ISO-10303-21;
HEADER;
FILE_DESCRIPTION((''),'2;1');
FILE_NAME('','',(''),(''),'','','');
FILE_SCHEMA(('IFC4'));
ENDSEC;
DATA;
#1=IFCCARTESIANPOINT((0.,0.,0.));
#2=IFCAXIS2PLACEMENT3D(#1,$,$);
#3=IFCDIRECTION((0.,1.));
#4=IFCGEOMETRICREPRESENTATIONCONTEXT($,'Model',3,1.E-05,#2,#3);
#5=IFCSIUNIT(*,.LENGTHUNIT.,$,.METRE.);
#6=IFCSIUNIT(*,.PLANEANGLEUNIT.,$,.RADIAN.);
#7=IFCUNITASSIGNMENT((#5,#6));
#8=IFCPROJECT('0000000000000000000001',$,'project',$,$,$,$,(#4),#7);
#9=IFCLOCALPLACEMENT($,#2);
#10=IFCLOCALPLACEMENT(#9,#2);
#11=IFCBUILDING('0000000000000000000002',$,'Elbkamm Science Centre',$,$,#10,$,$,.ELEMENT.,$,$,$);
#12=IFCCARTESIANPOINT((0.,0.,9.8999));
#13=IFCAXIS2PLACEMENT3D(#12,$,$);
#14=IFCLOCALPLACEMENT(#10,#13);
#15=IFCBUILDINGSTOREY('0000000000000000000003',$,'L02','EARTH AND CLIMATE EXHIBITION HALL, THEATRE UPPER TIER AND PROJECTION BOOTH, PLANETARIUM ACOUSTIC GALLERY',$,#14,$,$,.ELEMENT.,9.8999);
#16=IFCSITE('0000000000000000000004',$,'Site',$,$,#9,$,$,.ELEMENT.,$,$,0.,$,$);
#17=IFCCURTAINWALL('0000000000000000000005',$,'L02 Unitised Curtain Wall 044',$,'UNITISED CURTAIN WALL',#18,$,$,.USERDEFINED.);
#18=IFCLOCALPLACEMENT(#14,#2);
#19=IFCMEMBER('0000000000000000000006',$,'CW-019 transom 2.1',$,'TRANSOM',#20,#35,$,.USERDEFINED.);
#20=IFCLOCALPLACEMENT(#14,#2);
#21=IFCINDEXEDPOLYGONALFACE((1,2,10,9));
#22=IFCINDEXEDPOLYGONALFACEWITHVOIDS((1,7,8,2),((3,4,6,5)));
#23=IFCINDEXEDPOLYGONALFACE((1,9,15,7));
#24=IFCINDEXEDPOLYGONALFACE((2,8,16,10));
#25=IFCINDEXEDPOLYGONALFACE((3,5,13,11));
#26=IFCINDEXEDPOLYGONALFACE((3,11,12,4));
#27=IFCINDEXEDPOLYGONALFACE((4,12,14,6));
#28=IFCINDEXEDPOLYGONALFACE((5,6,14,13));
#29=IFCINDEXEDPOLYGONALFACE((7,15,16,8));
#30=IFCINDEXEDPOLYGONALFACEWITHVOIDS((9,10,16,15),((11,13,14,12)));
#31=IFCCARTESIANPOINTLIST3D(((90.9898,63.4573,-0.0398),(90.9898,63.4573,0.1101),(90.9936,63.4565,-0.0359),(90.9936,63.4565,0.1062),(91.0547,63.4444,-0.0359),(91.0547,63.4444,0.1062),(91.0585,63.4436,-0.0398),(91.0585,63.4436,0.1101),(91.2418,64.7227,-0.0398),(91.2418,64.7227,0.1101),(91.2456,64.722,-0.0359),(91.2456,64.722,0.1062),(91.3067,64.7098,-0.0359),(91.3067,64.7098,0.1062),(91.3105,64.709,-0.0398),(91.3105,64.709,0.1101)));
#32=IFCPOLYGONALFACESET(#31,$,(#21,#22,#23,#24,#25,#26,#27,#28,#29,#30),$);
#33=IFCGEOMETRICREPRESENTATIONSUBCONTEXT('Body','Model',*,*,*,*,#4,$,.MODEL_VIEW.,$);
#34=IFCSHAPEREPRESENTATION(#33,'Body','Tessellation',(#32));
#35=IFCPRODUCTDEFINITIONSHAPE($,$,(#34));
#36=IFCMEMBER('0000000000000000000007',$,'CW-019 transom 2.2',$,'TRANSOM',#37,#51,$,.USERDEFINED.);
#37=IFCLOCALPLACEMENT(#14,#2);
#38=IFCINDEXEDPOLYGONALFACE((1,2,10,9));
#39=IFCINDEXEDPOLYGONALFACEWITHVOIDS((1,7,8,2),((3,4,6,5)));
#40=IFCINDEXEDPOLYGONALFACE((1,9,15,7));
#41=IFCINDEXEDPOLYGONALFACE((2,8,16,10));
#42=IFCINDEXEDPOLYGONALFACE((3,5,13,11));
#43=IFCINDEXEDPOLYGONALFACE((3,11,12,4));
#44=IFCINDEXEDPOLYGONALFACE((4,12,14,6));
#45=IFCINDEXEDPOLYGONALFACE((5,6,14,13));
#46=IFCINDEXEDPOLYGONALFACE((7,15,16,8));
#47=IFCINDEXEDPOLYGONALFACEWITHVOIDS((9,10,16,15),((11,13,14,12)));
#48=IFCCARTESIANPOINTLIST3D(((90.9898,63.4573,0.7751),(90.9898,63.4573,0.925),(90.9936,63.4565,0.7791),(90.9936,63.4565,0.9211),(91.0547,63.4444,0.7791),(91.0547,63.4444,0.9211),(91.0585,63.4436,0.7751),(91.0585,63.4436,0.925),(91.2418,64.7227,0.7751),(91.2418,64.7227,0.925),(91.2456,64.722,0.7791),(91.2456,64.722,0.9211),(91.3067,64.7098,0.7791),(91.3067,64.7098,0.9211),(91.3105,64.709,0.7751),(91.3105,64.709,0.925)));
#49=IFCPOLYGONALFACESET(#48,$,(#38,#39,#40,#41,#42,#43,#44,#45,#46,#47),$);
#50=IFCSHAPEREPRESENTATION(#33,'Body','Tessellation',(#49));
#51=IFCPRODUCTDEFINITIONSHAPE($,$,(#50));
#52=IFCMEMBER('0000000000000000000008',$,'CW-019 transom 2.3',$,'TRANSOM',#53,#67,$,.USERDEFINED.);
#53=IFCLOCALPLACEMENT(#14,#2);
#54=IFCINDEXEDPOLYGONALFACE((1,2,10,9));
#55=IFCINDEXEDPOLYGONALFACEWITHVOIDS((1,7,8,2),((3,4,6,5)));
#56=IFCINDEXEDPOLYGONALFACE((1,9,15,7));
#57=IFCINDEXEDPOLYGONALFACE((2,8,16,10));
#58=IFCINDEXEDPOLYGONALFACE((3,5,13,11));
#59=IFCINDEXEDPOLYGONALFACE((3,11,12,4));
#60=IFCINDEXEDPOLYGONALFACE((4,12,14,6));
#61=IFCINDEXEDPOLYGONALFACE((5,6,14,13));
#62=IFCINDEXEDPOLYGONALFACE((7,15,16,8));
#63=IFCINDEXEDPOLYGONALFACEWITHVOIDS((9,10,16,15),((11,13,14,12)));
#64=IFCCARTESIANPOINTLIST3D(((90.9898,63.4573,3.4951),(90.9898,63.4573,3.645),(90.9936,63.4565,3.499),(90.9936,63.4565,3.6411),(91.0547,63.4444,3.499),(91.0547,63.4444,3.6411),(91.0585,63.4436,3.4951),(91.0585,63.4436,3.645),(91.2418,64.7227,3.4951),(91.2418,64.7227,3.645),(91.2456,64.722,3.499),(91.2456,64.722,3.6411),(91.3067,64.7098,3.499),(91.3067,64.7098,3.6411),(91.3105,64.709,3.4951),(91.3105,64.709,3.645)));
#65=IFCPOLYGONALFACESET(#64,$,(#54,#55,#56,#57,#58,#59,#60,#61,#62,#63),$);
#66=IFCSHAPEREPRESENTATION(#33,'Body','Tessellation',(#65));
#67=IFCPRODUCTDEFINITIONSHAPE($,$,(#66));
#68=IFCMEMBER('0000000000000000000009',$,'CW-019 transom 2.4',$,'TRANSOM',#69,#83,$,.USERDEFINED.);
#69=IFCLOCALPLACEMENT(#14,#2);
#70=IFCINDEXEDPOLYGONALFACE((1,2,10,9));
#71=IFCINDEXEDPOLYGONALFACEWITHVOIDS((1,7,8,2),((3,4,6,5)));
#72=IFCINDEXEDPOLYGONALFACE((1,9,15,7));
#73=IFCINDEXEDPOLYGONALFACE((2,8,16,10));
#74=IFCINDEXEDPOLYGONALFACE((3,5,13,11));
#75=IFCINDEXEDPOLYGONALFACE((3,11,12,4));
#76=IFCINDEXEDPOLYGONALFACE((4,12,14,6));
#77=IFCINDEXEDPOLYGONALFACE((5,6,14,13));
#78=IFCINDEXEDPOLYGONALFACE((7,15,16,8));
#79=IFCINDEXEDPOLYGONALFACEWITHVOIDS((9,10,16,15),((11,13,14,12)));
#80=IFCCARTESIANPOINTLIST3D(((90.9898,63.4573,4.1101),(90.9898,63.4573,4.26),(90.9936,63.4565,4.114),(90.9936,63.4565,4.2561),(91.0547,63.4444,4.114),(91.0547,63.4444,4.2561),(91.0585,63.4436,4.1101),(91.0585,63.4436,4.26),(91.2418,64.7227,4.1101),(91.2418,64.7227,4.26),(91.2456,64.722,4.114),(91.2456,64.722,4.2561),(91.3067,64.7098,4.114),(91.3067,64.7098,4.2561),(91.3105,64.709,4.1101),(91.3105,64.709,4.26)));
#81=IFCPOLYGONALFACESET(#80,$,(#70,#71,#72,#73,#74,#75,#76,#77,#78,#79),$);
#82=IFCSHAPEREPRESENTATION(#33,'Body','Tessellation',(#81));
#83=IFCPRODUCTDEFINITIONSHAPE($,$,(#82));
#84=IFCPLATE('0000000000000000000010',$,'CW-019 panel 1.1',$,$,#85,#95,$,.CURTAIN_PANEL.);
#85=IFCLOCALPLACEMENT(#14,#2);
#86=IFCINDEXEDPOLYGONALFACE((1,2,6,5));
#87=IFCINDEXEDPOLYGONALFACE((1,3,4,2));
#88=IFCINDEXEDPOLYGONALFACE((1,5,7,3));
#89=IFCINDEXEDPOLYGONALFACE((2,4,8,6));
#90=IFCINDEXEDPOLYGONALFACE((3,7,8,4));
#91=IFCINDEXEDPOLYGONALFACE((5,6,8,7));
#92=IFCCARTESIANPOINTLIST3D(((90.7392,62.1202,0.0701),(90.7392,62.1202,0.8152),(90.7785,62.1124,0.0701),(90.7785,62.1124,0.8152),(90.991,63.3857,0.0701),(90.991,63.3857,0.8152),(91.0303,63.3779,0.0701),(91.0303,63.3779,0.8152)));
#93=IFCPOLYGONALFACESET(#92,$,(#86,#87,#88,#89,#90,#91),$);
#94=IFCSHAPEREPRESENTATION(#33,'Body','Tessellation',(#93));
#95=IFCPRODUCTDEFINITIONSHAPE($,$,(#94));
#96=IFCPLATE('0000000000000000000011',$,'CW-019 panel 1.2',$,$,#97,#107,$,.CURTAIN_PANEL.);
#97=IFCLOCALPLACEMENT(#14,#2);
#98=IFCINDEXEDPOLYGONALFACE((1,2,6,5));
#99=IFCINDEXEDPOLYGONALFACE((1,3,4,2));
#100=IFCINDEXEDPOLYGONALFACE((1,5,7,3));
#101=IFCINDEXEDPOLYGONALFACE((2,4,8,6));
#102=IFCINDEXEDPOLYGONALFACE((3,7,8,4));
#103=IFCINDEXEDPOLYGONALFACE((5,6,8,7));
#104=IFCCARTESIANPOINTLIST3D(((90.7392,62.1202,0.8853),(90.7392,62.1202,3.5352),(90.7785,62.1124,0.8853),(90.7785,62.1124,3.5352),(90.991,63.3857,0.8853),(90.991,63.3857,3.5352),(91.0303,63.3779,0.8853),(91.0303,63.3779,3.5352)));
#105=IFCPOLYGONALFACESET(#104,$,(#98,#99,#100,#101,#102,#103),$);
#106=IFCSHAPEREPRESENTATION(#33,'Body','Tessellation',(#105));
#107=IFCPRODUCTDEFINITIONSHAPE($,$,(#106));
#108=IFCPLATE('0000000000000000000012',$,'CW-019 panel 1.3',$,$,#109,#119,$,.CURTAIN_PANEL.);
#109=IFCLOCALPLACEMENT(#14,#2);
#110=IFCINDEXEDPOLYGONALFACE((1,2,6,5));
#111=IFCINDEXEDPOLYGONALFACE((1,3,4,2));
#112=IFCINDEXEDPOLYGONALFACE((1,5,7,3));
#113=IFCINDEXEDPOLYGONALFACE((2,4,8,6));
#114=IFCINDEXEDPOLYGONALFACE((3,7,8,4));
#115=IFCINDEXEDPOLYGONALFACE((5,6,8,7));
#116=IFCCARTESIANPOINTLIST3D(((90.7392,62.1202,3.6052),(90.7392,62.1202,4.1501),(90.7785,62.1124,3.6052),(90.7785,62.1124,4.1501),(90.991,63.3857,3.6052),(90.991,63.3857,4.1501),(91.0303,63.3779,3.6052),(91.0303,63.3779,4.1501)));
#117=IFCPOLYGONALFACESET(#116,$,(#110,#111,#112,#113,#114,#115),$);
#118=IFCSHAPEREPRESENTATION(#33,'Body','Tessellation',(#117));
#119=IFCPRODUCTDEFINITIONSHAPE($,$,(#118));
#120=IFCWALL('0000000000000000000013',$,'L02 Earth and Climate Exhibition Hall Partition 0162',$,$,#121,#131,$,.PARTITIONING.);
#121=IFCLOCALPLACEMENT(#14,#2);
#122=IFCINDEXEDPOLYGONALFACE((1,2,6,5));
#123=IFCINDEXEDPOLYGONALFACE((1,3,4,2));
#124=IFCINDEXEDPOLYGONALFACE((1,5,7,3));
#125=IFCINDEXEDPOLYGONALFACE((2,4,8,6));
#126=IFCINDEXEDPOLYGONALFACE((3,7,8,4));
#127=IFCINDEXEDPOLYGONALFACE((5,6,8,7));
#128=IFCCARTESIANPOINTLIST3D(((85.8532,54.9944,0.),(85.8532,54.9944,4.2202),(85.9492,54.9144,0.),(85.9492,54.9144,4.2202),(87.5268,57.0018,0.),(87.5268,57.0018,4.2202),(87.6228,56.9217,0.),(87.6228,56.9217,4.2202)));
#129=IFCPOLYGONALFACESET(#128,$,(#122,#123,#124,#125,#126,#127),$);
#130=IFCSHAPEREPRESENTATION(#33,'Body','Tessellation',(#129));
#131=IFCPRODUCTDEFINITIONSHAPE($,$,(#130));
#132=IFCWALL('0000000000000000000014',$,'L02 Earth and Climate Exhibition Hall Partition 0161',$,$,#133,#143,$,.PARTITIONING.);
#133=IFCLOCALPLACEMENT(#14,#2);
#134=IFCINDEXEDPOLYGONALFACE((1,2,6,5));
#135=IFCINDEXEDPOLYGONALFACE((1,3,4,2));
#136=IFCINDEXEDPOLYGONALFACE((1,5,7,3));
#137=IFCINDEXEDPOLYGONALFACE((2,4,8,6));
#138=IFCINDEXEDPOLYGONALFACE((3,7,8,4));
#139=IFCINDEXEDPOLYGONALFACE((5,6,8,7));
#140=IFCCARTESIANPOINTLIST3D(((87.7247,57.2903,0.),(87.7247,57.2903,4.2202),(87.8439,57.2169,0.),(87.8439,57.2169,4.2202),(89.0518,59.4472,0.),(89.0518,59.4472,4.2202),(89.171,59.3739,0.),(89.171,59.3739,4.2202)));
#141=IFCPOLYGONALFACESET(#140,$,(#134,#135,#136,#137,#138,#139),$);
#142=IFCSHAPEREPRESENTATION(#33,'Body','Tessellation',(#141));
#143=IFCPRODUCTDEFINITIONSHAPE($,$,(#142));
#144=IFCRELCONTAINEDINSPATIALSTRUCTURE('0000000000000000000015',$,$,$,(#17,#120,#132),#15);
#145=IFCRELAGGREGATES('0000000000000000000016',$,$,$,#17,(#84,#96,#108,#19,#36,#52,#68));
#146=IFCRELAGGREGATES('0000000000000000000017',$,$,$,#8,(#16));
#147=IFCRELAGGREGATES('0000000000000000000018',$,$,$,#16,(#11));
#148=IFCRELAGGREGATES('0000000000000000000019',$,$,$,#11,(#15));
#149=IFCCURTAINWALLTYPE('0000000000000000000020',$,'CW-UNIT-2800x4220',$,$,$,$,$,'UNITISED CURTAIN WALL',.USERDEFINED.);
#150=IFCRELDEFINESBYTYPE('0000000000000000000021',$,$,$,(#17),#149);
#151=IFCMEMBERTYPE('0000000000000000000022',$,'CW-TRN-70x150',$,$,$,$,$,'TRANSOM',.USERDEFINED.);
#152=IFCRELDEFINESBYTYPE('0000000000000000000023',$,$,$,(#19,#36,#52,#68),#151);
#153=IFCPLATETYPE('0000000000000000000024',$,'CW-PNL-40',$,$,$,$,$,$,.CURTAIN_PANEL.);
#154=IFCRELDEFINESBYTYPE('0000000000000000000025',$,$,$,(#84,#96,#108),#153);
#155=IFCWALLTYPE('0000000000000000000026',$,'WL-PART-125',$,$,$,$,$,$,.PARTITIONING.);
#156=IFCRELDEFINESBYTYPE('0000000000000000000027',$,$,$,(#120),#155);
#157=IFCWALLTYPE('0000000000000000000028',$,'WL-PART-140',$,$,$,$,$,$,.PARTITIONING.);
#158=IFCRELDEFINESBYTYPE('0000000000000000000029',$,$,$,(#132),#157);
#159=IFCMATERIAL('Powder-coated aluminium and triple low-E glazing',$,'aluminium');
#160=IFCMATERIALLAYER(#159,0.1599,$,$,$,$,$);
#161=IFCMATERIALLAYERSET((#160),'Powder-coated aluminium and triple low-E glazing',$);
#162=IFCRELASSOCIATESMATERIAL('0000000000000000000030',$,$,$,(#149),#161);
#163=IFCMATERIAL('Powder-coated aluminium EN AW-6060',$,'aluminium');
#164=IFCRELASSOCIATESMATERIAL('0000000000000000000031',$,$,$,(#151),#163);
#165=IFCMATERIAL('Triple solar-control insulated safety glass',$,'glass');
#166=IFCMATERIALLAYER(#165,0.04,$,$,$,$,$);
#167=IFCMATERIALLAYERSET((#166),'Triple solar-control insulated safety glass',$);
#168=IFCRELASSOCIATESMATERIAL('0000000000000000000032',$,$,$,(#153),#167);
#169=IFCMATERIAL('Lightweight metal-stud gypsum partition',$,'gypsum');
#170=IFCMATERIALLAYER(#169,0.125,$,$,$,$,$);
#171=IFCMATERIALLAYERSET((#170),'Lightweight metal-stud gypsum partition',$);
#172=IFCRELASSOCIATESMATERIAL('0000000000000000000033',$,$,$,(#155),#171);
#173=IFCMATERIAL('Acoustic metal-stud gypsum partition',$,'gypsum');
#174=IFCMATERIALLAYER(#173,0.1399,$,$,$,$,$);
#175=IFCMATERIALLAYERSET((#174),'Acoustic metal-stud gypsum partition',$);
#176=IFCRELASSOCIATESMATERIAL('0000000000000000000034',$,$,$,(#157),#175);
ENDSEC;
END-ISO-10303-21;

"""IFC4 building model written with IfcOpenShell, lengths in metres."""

from ifc_helpers import new_model, si_unit, direction, frame, frame_2d, origin, origin_2d, place, context, subcontext, project, spatial, rectangle, hollow_rectangle, extrude, material, layer, layer_set, material_profile, profile_set, type_object, element, aggregate, save


model = new_model("IFC4")

# Units and contexts
model_context = context("Model", 3, precision=1e-05, world=origin(), true_north=direction((0.0, 1.0)))
body_context = subcontext(model_context, "Body", "Model", "MODEL_VIEW")
ifc_project = project(units=[si_unit("LENGTHUNIT", "METRE"), si_unit("PLANEANGLEUNIT", "RADIAN")], contexts=[model_context])

# Site, building, storey
site_placement = place(None, origin())
site = spatial("IfcSite", under=ifc_project, at=site_placement, Name="Site", CompositionType="ELEMENT", RefElevation=0.0)
building_placement = place(site_placement, origin())
building = spatial("IfcBuilding", under=site, at=building_placement, Name="Elbkamm Science Centre", CompositionType="ELEMENT")
storey_placement = place(building_placement, frame((0.0, 0.0, 9.8999)))
storey = spatial("IfcBuildingStorey", under=building, at=storey_placement, Name="L02", Description="EARTH AND CLIMATE EXHIBITION HALL, THEATRE UPPER TIER AND PROJECTION BOOTH, PLANETARIUM ACOUSTIC GALLERY", CompositionType="ELEMENT", Elevation=9.8999)

# Curtain wall, members, plates
ifc_material_1 = material(Name="Powder-coated aluminium and triple low-E glazing", Category="aluminium")
ifc_layer_1 = layer(ifc_material_1, 0.1599)
ifc_layer_set_1 = layer_set([ifc_layer_1], Name="Powder-coated aluminium and triple low-E glazing")
curtain_wall_type = type_object("IfcCurtainWallType", Name="CW-UNIT-2800x4220", ElementType="UNITISED CURTAIN WALL", PredefinedType="USERDEFINED", material=ifc_layer_set_1)
curtain_wall_placement = place(storey_placement, origin())
curtain_wall = element("IfcCurtainWall", 1, at=curtain_wall_placement, inside=storey, type_object=curtain_wall_type, Name="L02 Unitised Curtain Wall 044", ObjectType="UNITISED CURTAIN WALL", PredefinedType="USERDEFINED")
ifc_material_2 = material(Name="Powder-coated aluminium EN AW-6060", Category="aluminium")
ifc_material_profile_1 = material_profile(ifc_material_2, hollow_rectangle(XDim=0.0701, YDim=0.1499, WallThickness=0.0039, at=origin_2d()), Name="ALU T70x150")
ifc_profile_set_1 = profile_set([ifc_material_profile_1], Name="Powder-coated aluminium EN AW-6060")
member_type_1 = type_object("IfcMemberType", Name="CW-TRN-70x150", ElementType="TRANSOM", PredefinedType="USERDEFINED", material=ifc_profile_set_1)
member_1_placement = place(storey_placement, frame((91.0242, 63.4504, 0.0352), z_axis=(0.195279, 0.980748, 0.0), x_axis=(-0.980748, 0.195279, 0.0)))
member_1 = element("IfcMember", 2, at=member_1_placement, type_object=member_type_1, Name="CW-019 transom 2.1", ObjectType="TRANSOM", PredefinedType="USERDEFINED", context=body_context, shape_type="SweptSolid", body=[
    extrude(hollow_rectangle(XDim=0.0701, YDim=0.1499, WallThickness=0.0039, at=origin_2d()), origin(), (0.0, 0.0, 1.0), 1.2903),
])
member_2_placement = place(storey_placement, frame((91.0242, 63.4504, 0.8501), z_axis=(0.195279, 0.980748, 0.0), x_axis=(-0.980748, 0.195279, 0.0)))
member_2 = element("IfcMember", 3, at=member_2_placement, type_object=member_type_1, Name="CW-019 transom 2.2", ObjectType="TRANSOM", PredefinedType="USERDEFINED", context=body_context, shape_type="SweptSolid", body=[
    extrude(hollow_rectangle(XDim=0.0701, YDim=0.1499, WallThickness=0.0039, at=origin_2d()), origin(), (0.0, 0.0, 1.0), 1.2903),
])
member_3_placement = place(storey_placement, frame((91.0242, 63.4504, 3.5701), z_axis=(0.195279, 0.980748, 0.0), x_axis=(-0.980748, 0.195279, 0.0)))
member_3 = element("IfcMember", 4, at=member_3_placement, type_object=member_type_1, Name="CW-019 transom 2.3", ObjectType="TRANSOM", PredefinedType="USERDEFINED", context=body_context, shape_type="SweptSolid", body=[
    extrude(hollow_rectangle(XDim=0.0701, YDim=0.1499, WallThickness=0.0039, at=origin_2d()), origin(), (0.0, 0.0, 1.0), 1.2903),
])
member_4_placement = place(storey_placement, frame((91.0242, 63.4504, 4.1851), z_axis=(0.195279, 0.980748, 0.0), x_axis=(-0.980748, 0.195279, 0.0)))
member_4 = element("IfcMember", 5, at=member_4_placement, type_object=member_type_1, Name="CW-019 transom 2.4", ObjectType="TRANSOM", PredefinedType="USERDEFINED", context=body_context, shape_type="SweptSolid", body=[
    extrude(hollow_rectangle(XDim=0.0701, YDim=0.1499, WallThickness=0.0039, at=origin_2d()), origin(), (0.0, 0.0, 1.0), 1.2903),
])
ifc_material_3 = material(Name="Triple solar-control insulated safety glass", Category="glass")
ifc_layer_2 = layer(ifc_material_3, 0.04)
ifc_layer_set_2 = layer_set([ifc_layer_2], Name="Triple solar-control insulated safety glass")
plate_type = type_object("IfcPlateType", Name="CW-PNL-40", PredefinedType="CURTAIN_PANEL", material=ifc_layer_set_2)
plate_1_placement = place(storey_placement, frame((90.8848, 62.749, 0.0701), z_axis=(0.0, 0.0, 1.0), x_axis=(0.195151, 0.980773, 0.0)))
plate_1 = element("IfcPlate", 6, at=plate_1_placement, type_object=plate_type, Name="CW-019 panel 1.1", PredefinedType="CURTAIN_PANEL", context=body_context, shape_type="SweptSolid", body=[
    extrude(rectangle(XDim=1.2903, YDim=0.04, at=origin_2d()), origin(), (0.0, 0.0, 1.0), 0.7451),
])
plate_2_placement = place(storey_placement, frame((90.8848, 62.749, 0.8853), z_axis=(0.0, 0.0, 1.0), x_axis=(0.195151, 0.980773, 0.0)))
plate_2 = element("IfcPlate", 7, at=plate_2_placement, type_object=plate_type, Name="CW-019 panel 1.2", PredefinedType="CURTAIN_PANEL", context=body_context, shape_type="SweptSolid", body=[
    extrude(rectangle(XDim=1.2903, YDim=0.04, at=origin_2d()), origin(), (0.0, 0.0, 1.0), 2.6499),
])
plate_3_placement = place(storey_placement, frame((90.8848, 62.749, 3.6052), z_axis=(0.0, 0.0, 1.0), x_axis=(0.195151, 0.980773, 0.0)))
plate_3 = element("IfcPlate", 8, at=plate_3_placement, type_object=plate_type, Name="CW-019 panel 1.3", PredefinedType="CURTAIN_PANEL", context=body_context, shape_type="SweptSolid", body=[
    extrude(rectangle(XDim=1.2903, YDim=0.04, at=origin_2d()), origin(), (0.0, 0.0, 1.0), 0.5449),
])
aggregate(curtain_wall, [plate_1, plate_2, plate_3, member_1, member_2, member_3, member_4])

# Walls
ifc_material_4 = material(Name="Lightweight metal-stud gypsum partition", Category="gypsum")
ifc_layer_3 = layer(ifc_material_4, 0.125)
ifc_layer_set_3 = layer_set([ifc_layer_3], Name="Lightweight metal-stud gypsum partition")
wall_type_1 = type_object("IfcWallType", Name="WL-PART-125", PredefinedType="PARTITIONING", material=ifc_layer_set_3)
wall_1_placement = place(storey_placement, frame((87.5747, 56.9617, 0.0), z_axis=(0.0, 0.0, 1.0), x_axis=(-0.640368, -0.768068, 0.0)))
element("IfcWall", 9, at=wall_1_placement, inside=storey, type_object=wall_type_1, Name="L02 Earth and Climate Exhibition Hall Partition 0162", PredefinedType="PARTITIONING", context=body_context, shape_type="SweptSolid", body=[
    extrude(rectangle(XDim=2.6135, YDim=0.125, at=frame_2d((1.3066, 0.0))), origin(), (0.0, 0.0, 1.0), 4.2202),
])
ifc_material_5 = material(Name="Acoustic metal-stud gypsum partition", Category="gypsum")
ifc_layer_4 = layer(ifc_material_5, 0.1399)
ifc_layer_set_4 = layer_set([ifc_layer_4], Name="Acoustic metal-stud gypsum partition")
wall_type_2 = type_object("IfcWallType", Name="WL-PART-140", PredefinedType="PARTITIONING", material=ifc_layer_set_4)
wall_2_placement = place(storey_placement, frame((89.1113, 59.4104, 0.0), z_axis=(0.0, 0.0, 1.0), x_axis=(-0.524033, -0.851698, 0.0)))
element("IfcWall", 10, at=wall_2_placement, inside=storey, type_object=wall_type_2, Name="L02 Earth and Climate Exhibition Hall Partition 0161", PredefinedType="PARTITIONING", context=body_context, shape_type="SweptSolid", body=[
    extrude(rectangle(XDim=2.5325, YDim=0.1399, at=frame_2d((1.2661, 0.0))), origin(), (0.0, 0.0, 1.0), 4.2202),
])

save(model, "model.ifc")
